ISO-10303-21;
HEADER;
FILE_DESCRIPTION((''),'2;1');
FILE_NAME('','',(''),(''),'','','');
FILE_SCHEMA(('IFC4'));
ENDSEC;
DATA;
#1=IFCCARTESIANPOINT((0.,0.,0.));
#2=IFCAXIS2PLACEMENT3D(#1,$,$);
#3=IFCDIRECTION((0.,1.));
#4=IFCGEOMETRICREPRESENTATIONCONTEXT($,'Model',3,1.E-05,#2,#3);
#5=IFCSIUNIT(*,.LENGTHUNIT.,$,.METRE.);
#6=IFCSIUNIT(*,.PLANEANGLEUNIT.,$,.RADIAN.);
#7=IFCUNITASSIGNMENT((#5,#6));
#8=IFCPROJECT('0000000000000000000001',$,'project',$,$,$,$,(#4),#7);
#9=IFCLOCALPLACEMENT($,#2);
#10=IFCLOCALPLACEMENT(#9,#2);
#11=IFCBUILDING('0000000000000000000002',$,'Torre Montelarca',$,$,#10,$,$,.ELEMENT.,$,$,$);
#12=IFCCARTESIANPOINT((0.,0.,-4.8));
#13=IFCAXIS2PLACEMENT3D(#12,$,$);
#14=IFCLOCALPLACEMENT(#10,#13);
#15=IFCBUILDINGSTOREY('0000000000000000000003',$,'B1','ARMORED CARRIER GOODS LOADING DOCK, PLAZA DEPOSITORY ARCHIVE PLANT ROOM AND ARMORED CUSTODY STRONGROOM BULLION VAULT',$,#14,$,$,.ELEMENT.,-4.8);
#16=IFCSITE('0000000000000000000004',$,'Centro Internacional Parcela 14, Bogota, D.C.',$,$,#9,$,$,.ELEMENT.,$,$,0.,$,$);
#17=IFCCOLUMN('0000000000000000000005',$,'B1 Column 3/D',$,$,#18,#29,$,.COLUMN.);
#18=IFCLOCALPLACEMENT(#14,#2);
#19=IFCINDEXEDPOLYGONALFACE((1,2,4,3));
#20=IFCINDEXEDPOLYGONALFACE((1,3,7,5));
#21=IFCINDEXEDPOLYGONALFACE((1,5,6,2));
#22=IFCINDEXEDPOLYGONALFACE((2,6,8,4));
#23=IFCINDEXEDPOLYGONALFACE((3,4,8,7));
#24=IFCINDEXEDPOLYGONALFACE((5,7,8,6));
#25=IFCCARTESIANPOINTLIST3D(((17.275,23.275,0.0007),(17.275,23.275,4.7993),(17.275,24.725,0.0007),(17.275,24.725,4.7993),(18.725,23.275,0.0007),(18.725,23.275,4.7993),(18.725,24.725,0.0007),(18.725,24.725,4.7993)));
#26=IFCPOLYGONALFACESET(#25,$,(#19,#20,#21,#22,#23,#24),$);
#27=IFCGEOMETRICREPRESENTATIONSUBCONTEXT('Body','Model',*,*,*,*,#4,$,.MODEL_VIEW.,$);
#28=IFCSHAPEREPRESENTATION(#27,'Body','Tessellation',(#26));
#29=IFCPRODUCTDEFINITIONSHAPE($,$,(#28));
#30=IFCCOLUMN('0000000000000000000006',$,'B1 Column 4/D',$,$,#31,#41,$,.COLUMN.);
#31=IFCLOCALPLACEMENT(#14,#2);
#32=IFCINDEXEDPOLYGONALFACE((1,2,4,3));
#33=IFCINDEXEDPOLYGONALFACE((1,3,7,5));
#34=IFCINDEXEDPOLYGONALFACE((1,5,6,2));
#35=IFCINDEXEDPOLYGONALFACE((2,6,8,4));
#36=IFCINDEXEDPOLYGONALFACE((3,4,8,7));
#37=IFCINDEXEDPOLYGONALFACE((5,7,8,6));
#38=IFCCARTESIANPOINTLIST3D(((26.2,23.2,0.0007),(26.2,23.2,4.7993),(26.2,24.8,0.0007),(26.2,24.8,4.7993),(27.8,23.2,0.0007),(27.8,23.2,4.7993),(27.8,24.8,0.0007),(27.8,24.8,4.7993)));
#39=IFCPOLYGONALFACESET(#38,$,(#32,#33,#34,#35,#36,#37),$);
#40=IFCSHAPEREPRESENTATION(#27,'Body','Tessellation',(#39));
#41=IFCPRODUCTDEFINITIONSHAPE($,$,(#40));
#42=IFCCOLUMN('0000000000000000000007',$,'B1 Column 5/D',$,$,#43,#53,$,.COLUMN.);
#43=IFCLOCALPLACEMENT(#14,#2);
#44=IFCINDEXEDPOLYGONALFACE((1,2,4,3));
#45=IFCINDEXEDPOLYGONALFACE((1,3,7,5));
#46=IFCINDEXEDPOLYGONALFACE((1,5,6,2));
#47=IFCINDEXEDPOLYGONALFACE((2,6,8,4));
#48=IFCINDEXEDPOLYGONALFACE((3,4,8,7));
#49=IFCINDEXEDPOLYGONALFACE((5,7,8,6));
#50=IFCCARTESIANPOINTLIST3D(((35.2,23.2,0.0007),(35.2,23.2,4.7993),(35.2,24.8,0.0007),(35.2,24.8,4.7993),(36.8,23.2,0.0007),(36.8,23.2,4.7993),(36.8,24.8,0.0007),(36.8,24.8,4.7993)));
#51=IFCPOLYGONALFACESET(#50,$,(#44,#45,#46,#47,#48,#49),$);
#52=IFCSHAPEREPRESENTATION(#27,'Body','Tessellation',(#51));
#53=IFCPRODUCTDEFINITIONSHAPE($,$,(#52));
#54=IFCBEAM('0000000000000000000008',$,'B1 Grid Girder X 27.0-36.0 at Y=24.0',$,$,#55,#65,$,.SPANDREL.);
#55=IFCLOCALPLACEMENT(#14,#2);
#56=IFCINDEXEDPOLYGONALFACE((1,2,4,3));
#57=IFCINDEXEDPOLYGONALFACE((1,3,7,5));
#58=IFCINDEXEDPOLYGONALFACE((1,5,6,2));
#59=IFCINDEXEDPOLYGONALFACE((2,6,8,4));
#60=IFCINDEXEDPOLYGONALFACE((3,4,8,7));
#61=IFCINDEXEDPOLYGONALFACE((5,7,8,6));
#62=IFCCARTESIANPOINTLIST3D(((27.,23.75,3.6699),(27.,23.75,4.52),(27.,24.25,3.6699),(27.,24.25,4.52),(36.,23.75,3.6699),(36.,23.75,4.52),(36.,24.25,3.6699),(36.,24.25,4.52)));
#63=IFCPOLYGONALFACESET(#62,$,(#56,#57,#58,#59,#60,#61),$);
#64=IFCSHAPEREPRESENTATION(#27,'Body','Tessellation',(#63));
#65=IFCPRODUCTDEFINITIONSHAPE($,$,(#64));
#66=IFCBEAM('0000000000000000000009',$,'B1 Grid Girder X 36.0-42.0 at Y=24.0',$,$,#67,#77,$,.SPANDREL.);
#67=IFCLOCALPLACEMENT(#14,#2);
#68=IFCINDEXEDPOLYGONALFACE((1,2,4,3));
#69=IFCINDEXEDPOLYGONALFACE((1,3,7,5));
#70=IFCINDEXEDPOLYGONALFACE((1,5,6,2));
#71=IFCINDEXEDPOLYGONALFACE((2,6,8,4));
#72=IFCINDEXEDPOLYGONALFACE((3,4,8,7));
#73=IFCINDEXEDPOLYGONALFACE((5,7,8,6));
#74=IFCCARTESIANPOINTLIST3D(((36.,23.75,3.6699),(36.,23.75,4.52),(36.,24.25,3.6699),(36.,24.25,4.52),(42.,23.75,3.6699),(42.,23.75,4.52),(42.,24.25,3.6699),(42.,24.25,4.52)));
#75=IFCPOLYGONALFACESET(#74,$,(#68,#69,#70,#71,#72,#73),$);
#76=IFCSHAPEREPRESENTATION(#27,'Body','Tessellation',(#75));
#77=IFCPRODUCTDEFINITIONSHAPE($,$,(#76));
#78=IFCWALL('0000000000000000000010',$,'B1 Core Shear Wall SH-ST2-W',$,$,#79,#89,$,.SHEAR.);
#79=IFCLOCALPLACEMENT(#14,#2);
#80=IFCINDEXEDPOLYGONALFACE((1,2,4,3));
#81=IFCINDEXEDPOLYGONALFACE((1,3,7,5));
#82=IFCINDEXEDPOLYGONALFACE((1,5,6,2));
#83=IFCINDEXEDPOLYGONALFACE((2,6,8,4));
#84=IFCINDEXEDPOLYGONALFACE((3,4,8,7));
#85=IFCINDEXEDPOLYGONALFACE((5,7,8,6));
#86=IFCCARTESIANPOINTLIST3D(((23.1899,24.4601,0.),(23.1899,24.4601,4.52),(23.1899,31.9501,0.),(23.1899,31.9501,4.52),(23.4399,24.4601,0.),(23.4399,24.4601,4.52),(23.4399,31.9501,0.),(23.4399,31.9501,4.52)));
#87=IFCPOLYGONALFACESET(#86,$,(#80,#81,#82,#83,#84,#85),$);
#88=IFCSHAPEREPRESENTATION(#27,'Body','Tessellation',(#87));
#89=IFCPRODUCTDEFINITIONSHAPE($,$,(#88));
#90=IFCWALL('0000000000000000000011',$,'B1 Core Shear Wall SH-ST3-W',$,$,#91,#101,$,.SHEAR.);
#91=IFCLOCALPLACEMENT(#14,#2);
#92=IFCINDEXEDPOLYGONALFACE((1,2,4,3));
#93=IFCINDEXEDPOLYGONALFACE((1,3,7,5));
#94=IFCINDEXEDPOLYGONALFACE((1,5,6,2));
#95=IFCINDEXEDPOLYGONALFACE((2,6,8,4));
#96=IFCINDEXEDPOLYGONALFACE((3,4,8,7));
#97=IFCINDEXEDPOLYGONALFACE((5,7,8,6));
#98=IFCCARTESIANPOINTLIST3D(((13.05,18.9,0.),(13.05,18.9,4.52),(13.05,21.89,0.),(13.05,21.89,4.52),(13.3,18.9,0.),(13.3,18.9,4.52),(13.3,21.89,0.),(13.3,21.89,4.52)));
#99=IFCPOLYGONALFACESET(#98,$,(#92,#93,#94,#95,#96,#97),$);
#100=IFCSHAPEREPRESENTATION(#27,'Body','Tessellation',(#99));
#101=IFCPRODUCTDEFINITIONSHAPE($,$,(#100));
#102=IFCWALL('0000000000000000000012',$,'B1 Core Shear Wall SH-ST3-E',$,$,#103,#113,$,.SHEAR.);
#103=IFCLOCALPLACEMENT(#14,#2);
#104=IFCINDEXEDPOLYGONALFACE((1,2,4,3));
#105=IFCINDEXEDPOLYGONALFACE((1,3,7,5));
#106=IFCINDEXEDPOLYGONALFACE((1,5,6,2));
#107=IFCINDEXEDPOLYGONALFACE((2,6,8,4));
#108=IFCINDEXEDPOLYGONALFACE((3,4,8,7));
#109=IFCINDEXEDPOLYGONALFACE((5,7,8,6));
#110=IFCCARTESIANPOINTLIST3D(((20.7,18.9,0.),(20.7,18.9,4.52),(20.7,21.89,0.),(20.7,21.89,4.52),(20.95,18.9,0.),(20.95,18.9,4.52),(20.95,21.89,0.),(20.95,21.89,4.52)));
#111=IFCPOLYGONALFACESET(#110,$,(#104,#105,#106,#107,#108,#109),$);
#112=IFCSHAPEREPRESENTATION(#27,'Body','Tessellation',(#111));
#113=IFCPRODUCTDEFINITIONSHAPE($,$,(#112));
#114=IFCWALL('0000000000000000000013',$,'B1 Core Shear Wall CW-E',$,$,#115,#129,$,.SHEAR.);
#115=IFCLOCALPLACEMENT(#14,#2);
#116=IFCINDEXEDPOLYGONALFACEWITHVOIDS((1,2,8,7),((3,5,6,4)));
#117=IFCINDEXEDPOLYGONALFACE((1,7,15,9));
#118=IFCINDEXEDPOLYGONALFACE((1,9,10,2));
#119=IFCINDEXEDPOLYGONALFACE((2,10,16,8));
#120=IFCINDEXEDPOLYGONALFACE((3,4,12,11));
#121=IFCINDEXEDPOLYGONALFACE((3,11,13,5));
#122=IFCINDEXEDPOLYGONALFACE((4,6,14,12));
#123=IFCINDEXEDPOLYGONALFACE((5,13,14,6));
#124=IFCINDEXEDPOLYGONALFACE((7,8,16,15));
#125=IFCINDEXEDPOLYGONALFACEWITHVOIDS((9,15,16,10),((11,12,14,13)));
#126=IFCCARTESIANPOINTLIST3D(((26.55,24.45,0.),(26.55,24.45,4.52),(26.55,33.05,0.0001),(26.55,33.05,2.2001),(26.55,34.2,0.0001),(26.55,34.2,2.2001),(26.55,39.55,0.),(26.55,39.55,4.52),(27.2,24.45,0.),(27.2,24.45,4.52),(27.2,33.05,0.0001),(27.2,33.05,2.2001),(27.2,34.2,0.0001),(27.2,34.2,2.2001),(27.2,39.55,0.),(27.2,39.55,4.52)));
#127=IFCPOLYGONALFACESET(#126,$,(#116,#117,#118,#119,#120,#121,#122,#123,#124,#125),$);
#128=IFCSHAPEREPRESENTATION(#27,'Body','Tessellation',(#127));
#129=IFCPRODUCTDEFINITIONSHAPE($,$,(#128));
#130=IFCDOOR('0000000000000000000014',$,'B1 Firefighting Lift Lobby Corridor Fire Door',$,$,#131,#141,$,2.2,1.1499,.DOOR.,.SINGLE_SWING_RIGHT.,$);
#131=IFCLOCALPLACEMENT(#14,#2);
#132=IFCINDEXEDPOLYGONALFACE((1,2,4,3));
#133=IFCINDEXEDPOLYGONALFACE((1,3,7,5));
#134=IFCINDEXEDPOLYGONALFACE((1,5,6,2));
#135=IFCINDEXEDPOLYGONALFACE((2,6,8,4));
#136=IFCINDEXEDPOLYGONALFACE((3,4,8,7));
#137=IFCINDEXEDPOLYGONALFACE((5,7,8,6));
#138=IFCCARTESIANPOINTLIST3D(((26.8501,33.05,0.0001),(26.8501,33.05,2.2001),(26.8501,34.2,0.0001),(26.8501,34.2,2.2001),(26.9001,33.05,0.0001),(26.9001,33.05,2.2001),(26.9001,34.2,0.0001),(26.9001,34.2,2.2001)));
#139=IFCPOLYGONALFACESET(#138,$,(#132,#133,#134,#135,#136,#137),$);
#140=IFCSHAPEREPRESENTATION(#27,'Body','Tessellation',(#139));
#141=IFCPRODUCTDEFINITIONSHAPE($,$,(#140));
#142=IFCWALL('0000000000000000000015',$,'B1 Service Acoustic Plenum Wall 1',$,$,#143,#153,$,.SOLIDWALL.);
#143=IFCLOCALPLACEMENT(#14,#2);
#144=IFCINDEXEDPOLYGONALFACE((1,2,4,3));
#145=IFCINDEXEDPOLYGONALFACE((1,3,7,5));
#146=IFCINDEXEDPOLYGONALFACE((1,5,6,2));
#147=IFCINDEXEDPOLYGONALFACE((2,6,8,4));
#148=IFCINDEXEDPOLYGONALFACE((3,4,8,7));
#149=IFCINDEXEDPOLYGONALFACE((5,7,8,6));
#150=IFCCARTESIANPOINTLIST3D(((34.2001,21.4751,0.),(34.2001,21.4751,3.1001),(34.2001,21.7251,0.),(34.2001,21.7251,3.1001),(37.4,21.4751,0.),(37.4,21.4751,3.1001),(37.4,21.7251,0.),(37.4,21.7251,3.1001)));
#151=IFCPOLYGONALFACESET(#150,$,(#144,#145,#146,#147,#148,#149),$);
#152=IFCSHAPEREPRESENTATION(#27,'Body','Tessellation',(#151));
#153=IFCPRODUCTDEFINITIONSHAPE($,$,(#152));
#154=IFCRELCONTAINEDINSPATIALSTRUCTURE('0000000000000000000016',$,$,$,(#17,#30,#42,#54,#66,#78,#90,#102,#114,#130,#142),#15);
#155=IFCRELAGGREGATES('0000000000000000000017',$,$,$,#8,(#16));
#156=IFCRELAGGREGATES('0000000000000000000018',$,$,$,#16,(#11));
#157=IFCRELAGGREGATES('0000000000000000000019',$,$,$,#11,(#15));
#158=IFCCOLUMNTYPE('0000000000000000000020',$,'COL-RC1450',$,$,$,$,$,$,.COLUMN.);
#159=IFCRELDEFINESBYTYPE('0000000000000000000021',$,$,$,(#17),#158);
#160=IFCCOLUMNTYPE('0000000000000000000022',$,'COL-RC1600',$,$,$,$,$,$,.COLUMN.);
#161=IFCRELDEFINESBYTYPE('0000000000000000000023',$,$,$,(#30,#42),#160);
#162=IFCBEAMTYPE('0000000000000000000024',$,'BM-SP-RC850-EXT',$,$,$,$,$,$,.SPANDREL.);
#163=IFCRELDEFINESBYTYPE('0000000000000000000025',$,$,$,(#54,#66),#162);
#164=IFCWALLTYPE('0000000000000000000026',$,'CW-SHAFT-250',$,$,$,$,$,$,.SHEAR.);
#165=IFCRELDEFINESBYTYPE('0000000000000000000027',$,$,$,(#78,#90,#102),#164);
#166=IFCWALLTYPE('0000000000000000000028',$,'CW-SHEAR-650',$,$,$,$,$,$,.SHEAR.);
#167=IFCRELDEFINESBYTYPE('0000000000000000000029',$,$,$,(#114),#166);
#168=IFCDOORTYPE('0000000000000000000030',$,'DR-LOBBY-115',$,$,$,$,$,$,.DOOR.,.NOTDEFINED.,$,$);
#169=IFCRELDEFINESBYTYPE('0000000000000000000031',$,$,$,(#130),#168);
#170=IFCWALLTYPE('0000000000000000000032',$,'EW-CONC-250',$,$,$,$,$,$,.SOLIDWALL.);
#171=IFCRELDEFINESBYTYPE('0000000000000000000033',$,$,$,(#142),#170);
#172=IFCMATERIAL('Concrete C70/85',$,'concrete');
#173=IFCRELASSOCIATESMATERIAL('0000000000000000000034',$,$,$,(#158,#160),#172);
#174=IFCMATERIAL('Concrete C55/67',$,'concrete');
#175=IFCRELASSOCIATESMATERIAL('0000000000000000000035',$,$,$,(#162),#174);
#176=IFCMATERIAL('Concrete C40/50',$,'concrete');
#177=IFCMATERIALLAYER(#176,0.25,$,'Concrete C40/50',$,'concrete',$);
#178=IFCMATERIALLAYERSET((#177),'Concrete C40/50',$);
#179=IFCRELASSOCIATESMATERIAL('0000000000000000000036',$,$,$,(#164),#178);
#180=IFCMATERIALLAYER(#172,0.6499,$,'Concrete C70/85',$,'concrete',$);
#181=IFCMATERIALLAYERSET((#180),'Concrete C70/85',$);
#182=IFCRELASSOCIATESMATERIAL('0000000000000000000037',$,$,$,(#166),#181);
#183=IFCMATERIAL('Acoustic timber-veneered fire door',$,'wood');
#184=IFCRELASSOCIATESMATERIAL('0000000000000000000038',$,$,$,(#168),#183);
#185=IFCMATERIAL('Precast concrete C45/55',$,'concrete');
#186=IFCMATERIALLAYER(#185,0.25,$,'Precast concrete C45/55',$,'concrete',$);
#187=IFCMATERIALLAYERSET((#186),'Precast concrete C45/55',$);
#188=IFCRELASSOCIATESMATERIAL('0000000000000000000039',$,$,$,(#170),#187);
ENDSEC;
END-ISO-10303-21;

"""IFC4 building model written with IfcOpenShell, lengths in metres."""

from ifc_helpers import new_model, si_unit, direction, frame, frame_2d, origin, origin_2d, place, context, subcontext, project, spatial, rectangle, extrude, source, transform, mapped, material, layer, layer_set, material_profile, profile_set, type_object, element, fill, save


model = new_model("IFC4")

# Units and contexts
model_context = context("Model", 3, precision=1e-05, world=origin(), true_north=direction((0.0, 1.0)))
body_context = subcontext(model_context, "Body", "Model", "MODEL_VIEW")
ifc_project = project(units=[si_unit("LENGTHUNIT", "METRE"), si_unit("PLANEANGLEUNIT", "RADIAN")], contexts=[model_context])

# Site, building, storey
site_placement = place(None, origin())
site = spatial("IfcSite", under=ifc_project, at=site_placement, Name="Centro Internacional Parcela 14, Bogota, D.C.", CompositionType="ELEMENT", RefElevation=0.0)
building_placement = place(site_placement, origin())
building = spatial("IfcBuilding", under=site, at=building_placement, Name="Torre Montelarca", CompositionType="ELEMENT")
storey_placement = place(building_placement, frame((0.0, 0.0, -4.8)))
storey = spatial("IfcBuildingStorey", under=building, at=storey_placement, Name="B1", Description="ARMORED CARRIER GOODS LOADING DOCK, PLAZA DEPOSITORY ARCHIVE PLANT ROOM AND ARMORED CUSTODY STRONGROOM BULLION VAULT", CompositionType="ELEMENT", Elevation=-4.8)

# Columns
ifc_material_1 = material(Name="Concrete C70/85", Category="concrete")
ifc_material_profile_1 = material_profile(ifc_material_1, rectangle(XDim=1.45, YDim=1.45, at=origin_2d()), Name="RC1450X1450", Category="concrete")
ifc_profile_set_1 = profile_set([ifc_material_profile_1], Name="Concrete C70/85")
column_type_1 = type_object("IfcColumnType", Name="COL-RC1450", PredefinedType="COLUMN", material=ifc_profile_set_1)
shared_shape_1 = source(origin(), body_context, "Body", "SweptSolid", [
    extrude(rectangle(XDim=1.45, YDim=1.45, at=origin_2d()), origin(), (0.0, 0.0, 1.0), 4.7986),
])
column_placement = place(storey_placement, frame((18.0, 24.0, 0.0007), z_axis=(0.0, 0.0, 1.0), x_axis=(1.0, 0.0, 0.0)))
element("IfcColumn", 1, at=column_placement, inside=storey, type_object=column_type_1, Name="B1 Column 3/D", PredefinedType="COLUMN", context=body_context, shape_type="MappedRepresentation", body=[
    mapped(shared_shape_1, transform((0.0, 0.0, 0.0), scale=1.0)),
])
ifc_material_profile_2 = material_profile(ifc_material_1, rectangle(XDim=1.6001, YDim=1.6001, at=origin_2d()), Name="RC1600X1600", Category="concrete")
ifc_profile_set_2 = profile_set([ifc_material_profile_2], Name="Concrete C70/85")
column_type_2 = type_object("IfcColumnType", Name="COL-RC1600", PredefinedType="COLUMN", material=ifc_profile_set_2)
shared_shape_2 = source(origin(), body_context, "Body", "SweptSolid", [
    extrude(rectangle(XDim=1.6001, YDim=1.6001, at=origin_2d()), origin(), (0.0, 0.0, 1.0), 4.7986),
])
for number, where, z_axis, x_axis, name in (
    (2, (27.0, 24.0, 0.0007), (0.0, 0.0, 1.0), (1.0, 0.0, 0.0), "B1 Column 4/D"),
    (3, (36.0, 24.0, 0.0007), (0.0, 0.0, 1.0), (1.0, 0.0, 0.0), "B1 Column 5/D"),
):
    element("IfcColumn", number, at=place(storey_placement, frame(where, z_axis=z_axis, x_axis=x_axis)), inside=storey, type_object=column_type_2, Name=name, PredefinedType="COLUMN", context=body_context, shape_type="MappedRepresentation", body=[
        mapped(shared_shape_2, transform((0.0, 0.0, 0.0), scale=1.0)),
    ])

# Beams
ifc_material_2 = material(Name="Concrete C55/67", Category="concrete")
ifc_material_profile_3 = material_profile(ifc_material_2, rectangle(XDim=0.5, YDim=0.8501, at=origin_2d()), Name="RCB500X850", Category="concrete")
ifc_profile_set_3 = profile_set([ifc_material_profile_3], Name="Concrete C55/67")
beam_type = type_object("IfcBeamType", Name="BM-SP-RC850-EXT", PredefinedType="SPANDREL", material=ifc_profile_set_3)
shared_shape_3 = source(origin(), body_context, "Body", "SweptSolid", [
    extrude(rectangle(XDim=0.5, YDim=0.8501, at=origin_2d()), origin(), (0.0, 0.0, 1.0), 9.0),
])
beam_1_placement = place(storey_placement, frame((27.0, 24.0, 4.095), z_axis=(1.0, 0.0, 0.0), x_axis=(0.0, 1.0, 0.0)))
element("IfcBeam", 4, at=beam_1_placement, inside=storey, type_object=beam_type, Name="B1 Grid Girder X 27.0-36.0 at Y=24.0", PredefinedType="SPANDREL", context=body_context, shape_type="MappedRepresentation", body=[
    mapped(shared_shape_3, transform((0.0, 0.0, 0.0), scale=1.0)),
])
shared_shape_4 = source(origin(), body_context, "Body", "SweptSolid", [
    extrude(rectangle(XDim=0.5, YDim=0.8501, at=origin_2d()), origin(), (0.0, 0.0, 1.0), 6.0),
])
beam_2_placement = place(storey_placement, frame((36.0, 24.0, 4.095), z_axis=(1.0, 0.0, 0.0), x_axis=(0.0, 1.0, 0.0)))
element("IfcBeam", 5, at=beam_2_placement, inside=storey, type_object=beam_type, Name="B1 Grid Girder X 36.0-42.0 at Y=24.0", PredefinedType="SPANDREL", context=body_context, shape_type="MappedRepresentation", body=[
    mapped(shared_shape_4, transform((0.0, 0.0, 0.0), scale=1.0)),
])

# Walls
ifc_material_3 = material(Name="Concrete C40/50", Category="concrete")
ifc_layer_1 = layer(ifc_material_3, 0.25, Name="Concrete C40/50", Category="concrete")
ifc_layer_set_1 = layer_set([ifc_layer_1], Name="Concrete C40/50")
wall_type_1 = type_object("IfcWallType", Name="CW-SHAFT-250", PredefinedType="SHEAR", material=ifc_layer_set_1)
wall_1_placement = place(storey_placement, frame((23.3149, 24.46, 0.0), z_axis=(0.0, 0.0, 1.0), x_axis=(0.0, 1.0, 0.0)))
element("IfcWall", 6, at=wall_1_placement, inside=storey, type_object=wall_type_1, Name="B1 Core Shear Wall SH-ST2-W", PredefinedType="SHEAR", context=body_context, shape_type="SweptSolid", body=[
    extrude(rectangle(XDim=7.49, YDim=0.25, at=frame_2d((3.7451, 0.0))), origin(), (0.0, 0.0, 1.0), 4.52),
])
for number, where, z_axis, x_axis, name in (
    (7, (13.175, 18.8999, 0.0), (0.0, 0.0, 1.0), (0.0, 1.0, 0.0), "B1 Core Shear Wall SH-ST3-W"),
    (8, (20.825, 18.8999, 0.0), (0.0, 0.0, 1.0), (0.0, 1.0, 0.0), "B1 Core Shear Wall SH-ST3-E"),
):
    element("IfcWall", number, at=place(storey_placement, frame(where, z_axis=z_axis, x_axis=x_axis)), inside=storey, type_object=wall_type_1, Name=name, PredefinedType="SHEAR", context=body_context, shape_type="SweptSolid", body=[
        extrude(rectangle(XDim=2.99, YDim=0.25, at=frame_2d((1.4951, 0.0))), origin(), (0.0, 0.0, 1.0), 4.52),
    ])

# Wall, opening, door
ifc_layer_2 = layer(ifc_material_1, 0.6499, Name="Concrete C70/85", Category="concrete")
ifc_layer_set_2 = layer_set([ifc_layer_2], Name="Concrete C70/85")
wall_type_2 = type_object("IfcWallType", Name="CW-SHEAR-650", PredefinedType="SHEAR", material=ifc_layer_set_2)
wall_2_placement = place(storey_placement, frame((26.875, 24.45, 0.0), z_axis=(0.0, 0.0, 1.0), x_axis=(0.0, 1.0, 0.0)))
wall_2 = element("IfcWall", 9, at=wall_2_placement, inside=storey, type_object=wall_type_2, Name="B1 Core Shear Wall CW-E", PredefinedType="SHEAR", context=body_context, shape_type="SweptSolid", body=[
    extrude(rectangle(XDim=15.1001, YDim=0.6499, at=frame_2d((7.55, 0.0))), origin(), (0.0, 0.0, 1.0), 4.52),
])
opening_1_placement = place(wall_2_placement, frame((8.6001, 0.0, 0.0)))
opening_1 = element("IfcOpeningElement", 10, at=opening_1_placement, cuts=wall_2, PredefinedType="OPENING", context=body_context, shape_type="SweptSolid", body=[
    extrude(rectangle(XDim=1.1499, YDim=2.2, at=frame_2d((0.575, 1.1001))), frame((0.0, 0.335, 0.0), z_axis=(0.0, -1.0, 0.0), x_axis=(1.0, 0.0, 0.0)), (0.0, 0.0, 1.0), 0.6699),
])
ifc_material_4 = material(Name="Acoustic timber-veneered fire door", Category="wood")
door_type_1 = type_object("IfcDoorType", Name="DR-LOBBY-115", OperationType="NOTDEFINED", PredefinedType="DOOR", material=ifc_material_4)
shared_shape_5 = source(origin(), body_context, "Body", "SweptSolid", [
    extrude(rectangle(XDim=1.1499, YDim=2.2, at=frame_2d((0.575, 1.1001))), frame((0.0, 0.0249, 0.0), z_axis=(0.0, -1.0, 0.0), x_axis=(1.0, 0.0, 0.0)), (0.0, 0.0, 1.0), 0.05),
])
door_1_placement = place(opening_1_placement, origin())
door_1 = element("IfcDoor", 11, at=door_1_placement, inside=storey, type_object=door_type_1, Name="B1 Firefighting Lift Lobby Corridor Fire Door", OperationType="SINGLE_SWING_RIGHT", OverallHeight=2.2, OverallWidth=1.1499, PredefinedType="DOOR", context=body_context, shape_type="MappedRepresentation", body=[
    mapped(shared_shape_5, transform((0.0, 0.0, 0.0), scale=1.0)),
])
fill(opening_1, door_1)

# Wall
ifc_material_5 = material(Name="Precast concrete C45/55", Category="concrete")
ifc_layer_3 = layer(ifc_material_5, 0.25, Name="Precast concrete C45/55", Category="concrete")
ifc_layer_set_3 = layer_set([ifc_layer_3], Name="Precast concrete C45/55")
wall_type_3 = type_object("IfcWallType", Name="EW-CONC-250", PredefinedType="SOLIDWALL", material=ifc_layer_set_3)
wall_3_placement = place(storey_placement, frame((34.2, 21.6001, 0.0), z_axis=(0.0, 0.0, 1.0), x_axis=(1.0, 0.0, 0.0)))
element("IfcWall", 12, at=wall_3_placement, inside=storey, type_object=wall_type_3, Name="B1 Service Acoustic Plenum Wall 1", PredefinedType="SOLIDWALL", context=body_context, shape_type="SweptSolid", body=[
    extrude(rectangle(XDim=3.2, YDim=0.25, at=frame_2d((1.6001, 0.0))), origin(), (0.0, 0.0, 1.0), 3.1001),
])

save(model, "model.ifc")
